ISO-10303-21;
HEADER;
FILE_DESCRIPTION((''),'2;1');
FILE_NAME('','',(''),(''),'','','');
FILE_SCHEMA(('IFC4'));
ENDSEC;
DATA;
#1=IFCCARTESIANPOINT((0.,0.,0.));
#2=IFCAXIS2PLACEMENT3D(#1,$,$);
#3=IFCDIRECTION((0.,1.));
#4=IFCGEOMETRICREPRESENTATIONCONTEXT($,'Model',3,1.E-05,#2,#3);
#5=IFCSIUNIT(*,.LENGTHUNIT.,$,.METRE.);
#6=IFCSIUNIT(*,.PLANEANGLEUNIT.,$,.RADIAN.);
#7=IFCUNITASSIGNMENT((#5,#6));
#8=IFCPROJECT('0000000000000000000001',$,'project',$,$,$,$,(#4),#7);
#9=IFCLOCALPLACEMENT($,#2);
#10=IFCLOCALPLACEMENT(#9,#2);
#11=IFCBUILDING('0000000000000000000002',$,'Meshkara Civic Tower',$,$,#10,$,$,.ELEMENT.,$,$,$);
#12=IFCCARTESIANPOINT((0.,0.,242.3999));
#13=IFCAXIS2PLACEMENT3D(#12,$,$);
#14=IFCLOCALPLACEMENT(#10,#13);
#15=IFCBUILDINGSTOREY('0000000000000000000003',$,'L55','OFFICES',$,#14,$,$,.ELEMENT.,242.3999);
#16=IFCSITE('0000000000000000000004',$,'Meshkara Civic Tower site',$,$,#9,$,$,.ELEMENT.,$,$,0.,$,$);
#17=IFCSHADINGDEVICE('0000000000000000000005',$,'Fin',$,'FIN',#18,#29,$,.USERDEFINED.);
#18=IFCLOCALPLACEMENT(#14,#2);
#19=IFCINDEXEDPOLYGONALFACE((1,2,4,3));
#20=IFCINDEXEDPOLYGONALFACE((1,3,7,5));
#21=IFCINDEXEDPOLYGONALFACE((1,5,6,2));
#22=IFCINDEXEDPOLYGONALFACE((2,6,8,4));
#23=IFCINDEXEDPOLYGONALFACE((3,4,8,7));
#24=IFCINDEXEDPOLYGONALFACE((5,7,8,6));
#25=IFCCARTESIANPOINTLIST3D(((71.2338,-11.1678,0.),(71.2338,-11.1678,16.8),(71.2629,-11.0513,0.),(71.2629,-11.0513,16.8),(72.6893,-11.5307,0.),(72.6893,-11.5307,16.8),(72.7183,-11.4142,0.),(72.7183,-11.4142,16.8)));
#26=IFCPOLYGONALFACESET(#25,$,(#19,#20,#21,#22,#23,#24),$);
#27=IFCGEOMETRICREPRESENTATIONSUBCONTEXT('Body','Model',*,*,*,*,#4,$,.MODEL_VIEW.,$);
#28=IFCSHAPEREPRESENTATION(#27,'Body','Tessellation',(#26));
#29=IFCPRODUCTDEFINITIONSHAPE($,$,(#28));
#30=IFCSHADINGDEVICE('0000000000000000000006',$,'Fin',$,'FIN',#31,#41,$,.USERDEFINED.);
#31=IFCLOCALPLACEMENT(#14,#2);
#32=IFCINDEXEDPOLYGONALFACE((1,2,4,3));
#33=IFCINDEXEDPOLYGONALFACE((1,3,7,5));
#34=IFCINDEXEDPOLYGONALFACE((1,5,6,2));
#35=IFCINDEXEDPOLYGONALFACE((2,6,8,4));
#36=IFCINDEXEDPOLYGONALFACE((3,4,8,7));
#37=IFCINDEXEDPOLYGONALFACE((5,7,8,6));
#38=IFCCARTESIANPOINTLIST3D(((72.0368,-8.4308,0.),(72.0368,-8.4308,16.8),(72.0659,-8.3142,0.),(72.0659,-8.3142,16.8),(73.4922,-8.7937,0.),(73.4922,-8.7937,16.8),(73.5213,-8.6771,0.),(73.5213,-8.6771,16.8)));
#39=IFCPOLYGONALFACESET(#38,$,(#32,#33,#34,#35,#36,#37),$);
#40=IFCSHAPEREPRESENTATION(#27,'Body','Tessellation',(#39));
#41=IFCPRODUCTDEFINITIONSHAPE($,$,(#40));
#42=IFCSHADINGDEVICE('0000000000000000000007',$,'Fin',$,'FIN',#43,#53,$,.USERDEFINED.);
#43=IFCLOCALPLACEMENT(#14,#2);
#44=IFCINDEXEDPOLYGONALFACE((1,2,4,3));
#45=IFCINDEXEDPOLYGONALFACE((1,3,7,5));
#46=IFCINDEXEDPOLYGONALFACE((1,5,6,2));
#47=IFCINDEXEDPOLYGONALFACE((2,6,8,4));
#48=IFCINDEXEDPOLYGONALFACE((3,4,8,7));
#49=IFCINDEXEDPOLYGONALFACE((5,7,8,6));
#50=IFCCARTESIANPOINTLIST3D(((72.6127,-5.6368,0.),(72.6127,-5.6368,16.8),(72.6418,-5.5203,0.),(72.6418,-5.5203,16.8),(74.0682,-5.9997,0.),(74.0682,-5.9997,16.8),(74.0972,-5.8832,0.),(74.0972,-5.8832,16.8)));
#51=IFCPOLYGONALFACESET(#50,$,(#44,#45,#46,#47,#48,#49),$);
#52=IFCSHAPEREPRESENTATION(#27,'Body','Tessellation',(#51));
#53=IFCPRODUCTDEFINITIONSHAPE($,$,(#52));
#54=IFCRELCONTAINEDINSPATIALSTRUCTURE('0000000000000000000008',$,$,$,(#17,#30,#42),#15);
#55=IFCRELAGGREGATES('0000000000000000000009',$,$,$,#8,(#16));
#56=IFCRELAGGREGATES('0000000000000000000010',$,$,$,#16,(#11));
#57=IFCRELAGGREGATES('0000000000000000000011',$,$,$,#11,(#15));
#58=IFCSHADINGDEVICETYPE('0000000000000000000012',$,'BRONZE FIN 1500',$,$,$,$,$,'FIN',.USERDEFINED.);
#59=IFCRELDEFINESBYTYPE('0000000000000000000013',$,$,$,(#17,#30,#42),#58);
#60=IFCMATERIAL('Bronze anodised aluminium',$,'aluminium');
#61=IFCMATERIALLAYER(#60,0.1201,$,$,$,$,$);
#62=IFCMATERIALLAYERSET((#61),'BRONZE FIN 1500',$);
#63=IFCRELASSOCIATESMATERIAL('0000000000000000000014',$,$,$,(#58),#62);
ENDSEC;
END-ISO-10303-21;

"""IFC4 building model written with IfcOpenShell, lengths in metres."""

from ifc_helpers import new_model, si_unit, direction, frame, origin, origin_2d, place, context, subcontext, project, spatial, rectangle, extrude, material, layer, layer_set, type_object, element, save


model = new_model("IFC4")

# Units and contexts
model_context = context("Model", 3, precision=1e-05, world=origin(), true_north=direction((0.0, 1.0)))
body_context = subcontext(model_context, "Body", "Model", "MODEL_VIEW")
ifc_project = project(units=[si_unit("LENGTHUNIT", "METRE"), si_unit("PLANEANGLEUNIT", "RADIAN")], contexts=[model_context])

# Site, building, storey
site_placement = place(None, origin())
site = spatial("IfcSite", under=ifc_project, at=site_placement, Name="Meshkara Civic Tower site", CompositionType="ELEMENT", RefElevation=0.0)
building_placement = place(site_placement, origin())
building = spatial("IfcBuilding", under=site, at=building_placement, Name="Meshkara Civic Tower", CompositionType="ELEMENT")
storey_placement = place(building_placement, frame((0.0, 0.0, 242.3999)))
storey = spatial("IfcBuildingStorey", under=building, at=storey_placement, Name="L55", Description="OFFICES", CompositionType="ELEMENT", Elevation=242.3999)

# Shading devices
ifc_material_1 = material(Name="Bronze anodised aluminium", Category="aluminium")
ifc_layer_1 = layer(ifc_material_1, 0.1201)
ifc_layer_set_1 = layer_set([ifc_layer_1], Name="BRONZE FIN 1500")
shading_device_type_1 = type_object("IfcShadingDeviceType", Name="BRONZE FIN 1500", ElementType="FIN", PredefinedType="USERDEFINED", material=ifc_layer_set_1)
for number, where, z_axis, x_axis, name in (
    (1, (71.9761, -11.291, 0.0), (0.0, 0.0, 1.0), (0.241922, 0.970296, 0.0), "Fin"),
    (2, (72.7791, -8.554, 0.0), (0.0, 0.0, 1.0), (0.241922, 0.970296, 0.0), "Fin"),
    (3, (73.355, -5.76, 0.0), (0.0, 0.0, 1.0), (0.241922, 0.970296, 0.0), "Fin"),
):
    element("IfcShadingDevice", number, at=place(storey_placement, frame(where, z_axis=z_axis, x_axis=x_axis)), inside=storey, type_object=shading_device_type_1, Name=name, ObjectType="FIN", PredefinedType="USERDEFINED", context=body_context, shape_type="SweptSolid", body=[
        extrude(rectangle(XDim=0.1201, YDim=1.5, at=origin_2d()), origin(), (0.0, 0.0, 1.0), 16.8),
    ])

save(model, "model.ifc")
